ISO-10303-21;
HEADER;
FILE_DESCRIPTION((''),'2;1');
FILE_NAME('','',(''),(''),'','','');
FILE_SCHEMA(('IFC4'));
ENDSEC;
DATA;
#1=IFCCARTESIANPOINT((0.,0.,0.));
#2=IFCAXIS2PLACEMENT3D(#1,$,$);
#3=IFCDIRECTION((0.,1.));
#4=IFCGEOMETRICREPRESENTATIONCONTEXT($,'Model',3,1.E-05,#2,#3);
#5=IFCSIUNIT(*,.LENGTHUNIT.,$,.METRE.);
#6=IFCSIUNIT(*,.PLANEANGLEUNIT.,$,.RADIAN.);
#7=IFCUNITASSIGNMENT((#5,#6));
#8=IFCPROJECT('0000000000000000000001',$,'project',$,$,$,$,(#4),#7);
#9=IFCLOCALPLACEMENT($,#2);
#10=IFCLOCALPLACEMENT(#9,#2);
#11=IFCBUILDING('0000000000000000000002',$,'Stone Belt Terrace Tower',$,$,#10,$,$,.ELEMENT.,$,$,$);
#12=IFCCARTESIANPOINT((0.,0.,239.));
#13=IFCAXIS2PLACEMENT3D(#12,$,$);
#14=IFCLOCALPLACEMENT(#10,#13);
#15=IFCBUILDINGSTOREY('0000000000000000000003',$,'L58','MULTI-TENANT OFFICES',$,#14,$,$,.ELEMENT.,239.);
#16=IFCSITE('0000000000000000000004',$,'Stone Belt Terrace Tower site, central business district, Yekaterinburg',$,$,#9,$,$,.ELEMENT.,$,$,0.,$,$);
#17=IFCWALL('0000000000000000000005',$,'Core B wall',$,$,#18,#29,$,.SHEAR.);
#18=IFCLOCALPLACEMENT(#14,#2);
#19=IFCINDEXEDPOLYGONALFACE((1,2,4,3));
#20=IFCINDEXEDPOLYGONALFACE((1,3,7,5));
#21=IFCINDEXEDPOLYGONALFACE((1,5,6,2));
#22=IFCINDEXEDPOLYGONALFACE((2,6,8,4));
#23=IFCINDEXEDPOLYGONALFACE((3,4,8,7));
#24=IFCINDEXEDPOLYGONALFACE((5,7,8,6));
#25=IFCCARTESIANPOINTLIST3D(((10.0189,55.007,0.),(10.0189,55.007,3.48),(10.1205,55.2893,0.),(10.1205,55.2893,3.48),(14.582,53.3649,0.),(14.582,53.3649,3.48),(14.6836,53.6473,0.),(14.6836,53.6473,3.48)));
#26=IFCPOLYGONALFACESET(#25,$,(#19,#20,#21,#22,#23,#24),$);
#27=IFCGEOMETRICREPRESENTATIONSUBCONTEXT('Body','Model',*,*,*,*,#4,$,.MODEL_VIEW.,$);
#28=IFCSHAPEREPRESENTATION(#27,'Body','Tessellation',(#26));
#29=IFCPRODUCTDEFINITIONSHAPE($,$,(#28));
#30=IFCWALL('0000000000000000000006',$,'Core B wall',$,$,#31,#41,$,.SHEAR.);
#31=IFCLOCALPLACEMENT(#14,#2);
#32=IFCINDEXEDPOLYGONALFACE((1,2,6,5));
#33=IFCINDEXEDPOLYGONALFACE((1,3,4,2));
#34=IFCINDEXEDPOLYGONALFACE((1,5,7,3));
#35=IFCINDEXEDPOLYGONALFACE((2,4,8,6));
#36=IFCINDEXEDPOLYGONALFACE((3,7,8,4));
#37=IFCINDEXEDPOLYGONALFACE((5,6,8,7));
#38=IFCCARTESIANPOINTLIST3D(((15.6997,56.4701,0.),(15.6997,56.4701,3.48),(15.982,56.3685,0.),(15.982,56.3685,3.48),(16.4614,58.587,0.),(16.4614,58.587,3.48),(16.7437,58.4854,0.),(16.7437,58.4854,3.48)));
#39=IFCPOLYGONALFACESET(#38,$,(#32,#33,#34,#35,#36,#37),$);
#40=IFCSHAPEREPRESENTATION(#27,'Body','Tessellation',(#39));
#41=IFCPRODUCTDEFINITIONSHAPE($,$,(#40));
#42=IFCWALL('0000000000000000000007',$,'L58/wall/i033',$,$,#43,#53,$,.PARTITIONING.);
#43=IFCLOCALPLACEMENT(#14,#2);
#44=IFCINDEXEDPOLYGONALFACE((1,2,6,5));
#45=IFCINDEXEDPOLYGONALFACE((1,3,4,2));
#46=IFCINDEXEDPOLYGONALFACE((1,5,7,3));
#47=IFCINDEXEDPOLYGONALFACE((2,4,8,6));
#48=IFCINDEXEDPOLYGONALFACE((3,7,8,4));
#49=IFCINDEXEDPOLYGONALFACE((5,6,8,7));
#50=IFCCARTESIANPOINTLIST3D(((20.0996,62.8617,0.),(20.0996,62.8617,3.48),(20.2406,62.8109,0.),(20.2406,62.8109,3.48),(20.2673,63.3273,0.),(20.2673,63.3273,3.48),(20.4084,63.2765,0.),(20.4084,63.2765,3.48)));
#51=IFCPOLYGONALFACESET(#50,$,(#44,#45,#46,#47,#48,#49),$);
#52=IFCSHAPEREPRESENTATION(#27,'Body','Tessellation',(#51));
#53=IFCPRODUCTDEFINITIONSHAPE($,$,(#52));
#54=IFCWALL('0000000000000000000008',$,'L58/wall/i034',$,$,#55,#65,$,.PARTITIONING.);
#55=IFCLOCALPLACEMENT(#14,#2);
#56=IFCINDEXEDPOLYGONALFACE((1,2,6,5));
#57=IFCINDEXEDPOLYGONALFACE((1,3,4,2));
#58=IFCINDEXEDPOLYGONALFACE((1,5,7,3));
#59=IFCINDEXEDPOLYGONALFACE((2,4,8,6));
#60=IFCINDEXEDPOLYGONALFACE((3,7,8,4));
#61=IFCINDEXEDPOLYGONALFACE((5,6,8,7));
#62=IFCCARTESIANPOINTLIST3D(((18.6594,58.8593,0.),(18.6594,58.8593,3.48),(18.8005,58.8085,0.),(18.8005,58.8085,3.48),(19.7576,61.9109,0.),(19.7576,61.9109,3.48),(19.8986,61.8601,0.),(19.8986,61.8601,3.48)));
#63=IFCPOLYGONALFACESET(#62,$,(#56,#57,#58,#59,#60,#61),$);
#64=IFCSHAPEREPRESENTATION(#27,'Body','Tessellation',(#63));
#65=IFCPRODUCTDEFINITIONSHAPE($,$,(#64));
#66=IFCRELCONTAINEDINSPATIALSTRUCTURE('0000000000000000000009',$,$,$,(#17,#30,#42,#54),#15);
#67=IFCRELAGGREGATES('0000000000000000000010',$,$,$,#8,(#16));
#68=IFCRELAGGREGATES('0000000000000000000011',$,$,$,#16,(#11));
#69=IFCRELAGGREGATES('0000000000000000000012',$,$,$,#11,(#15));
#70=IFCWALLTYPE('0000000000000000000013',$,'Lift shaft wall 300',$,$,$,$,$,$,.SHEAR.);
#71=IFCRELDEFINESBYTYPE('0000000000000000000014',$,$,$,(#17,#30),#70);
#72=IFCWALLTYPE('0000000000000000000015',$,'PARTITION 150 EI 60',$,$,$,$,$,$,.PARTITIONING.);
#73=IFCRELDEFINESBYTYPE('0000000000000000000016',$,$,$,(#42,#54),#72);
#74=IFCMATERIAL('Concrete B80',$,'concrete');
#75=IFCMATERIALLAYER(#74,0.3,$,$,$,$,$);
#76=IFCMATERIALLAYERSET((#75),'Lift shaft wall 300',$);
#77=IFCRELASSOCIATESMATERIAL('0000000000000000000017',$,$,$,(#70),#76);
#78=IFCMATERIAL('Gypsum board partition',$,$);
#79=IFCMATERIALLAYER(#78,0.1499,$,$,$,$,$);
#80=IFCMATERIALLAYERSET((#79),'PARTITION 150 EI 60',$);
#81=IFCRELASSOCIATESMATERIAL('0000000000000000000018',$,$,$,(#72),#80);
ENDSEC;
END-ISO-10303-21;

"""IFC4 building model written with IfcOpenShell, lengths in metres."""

from ifc_helpers import new_model, si_unit, direction, frame, frame_2d, origin, place, context, subcontext, project, spatial, rectangle, extrude, material, layer, layer_set, type_object, element, save


model = new_model("IFC4")

# Units and contexts
model_context = context("Model", 3, precision=1e-05, world=origin(), true_north=direction((0.0, 1.0)))
body_context = subcontext(model_context, "Body", "Model", "MODEL_VIEW")
ifc_project = project(units=[si_unit("LENGTHUNIT", "METRE"), si_unit("PLANEANGLEUNIT", "RADIAN")], contexts=[model_context])

# Site, building, storey
site_placement = place(None, origin())
site = spatial("IfcSite", under=ifc_project, at=site_placement, Name="Stone Belt Terrace Tower site, central business district, Yekaterinburg", CompositionType="ELEMENT", RefElevation=0.0)
building_placement = place(site_placement, origin())
building = spatial("IfcBuilding", under=site, at=building_placement, Name="Stone Belt Terrace Tower", CompositionType="ELEMENT")
storey_placement = place(building_placement, frame((0.0, 0.0, 239.0)))
storey = spatial("IfcBuildingStorey", under=building, at=storey_placement, Name="L58", Description="MULTI-TENANT OFFICES", CompositionType="ELEMENT", Elevation=239.0)

# Shared definitions
ifc_material_1 = material(Name="Concrete B80", Category="concrete")
ifc_layer_1 = layer(ifc_material_1, 0.3)
ifc_layer_set_1 = layer_set([ifc_layer_1], Name="Lift shaft wall 300")
wall_type_1 = type_object("IfcWallType", Name="Lift shaft wall 300", PredefinedType="SHEAR", material=ifc_layer_set_1)

# Walls
wall_1_placement = place(storey_placement, frame((14.6328, 53.5061, 0.0), z_axis=(0.0, 0.0, 1.0), x_axis=(-0.940932, 0.338596, 0.0)))
element("IfcWall", 1, at=wall_1_placement, inside=storey, type_object=wall_type_1, Name="Core B wall", PredefinedType="SHEAR", context=body_context, shape_type="SweptSolid", body=[
    extrude(rectangle(XDim=4.8496, YDim=0.3, at=frame_2d((2.4248, 0.0))), origin(), (0.0, 0.0, 1.0), 3.48),
])
wall_2_placement = place(storey_placement, frame((15.8408, 56.4192, 0.0), z_axis=(0.0, 0.0, 1.0), x_axis=(0.33857, 0.940941, 0.0)))
element("IfcWall", 2, at=wall_2_placement, inside=storey, type_object=wall_type_1, Name="Core B wall", PredefinedType="SHEAR", context=body_context, shape_type="SweptSolid", body=[
    extrude(rectangle(XDim=2.2498, YDim=0.3, at=frame_2d((1.125, 0.0))), origin(), (0.0, 0.0, 1.0), 3.48),
])
ifc_material_2 = material(Name="Gypsum board partition")
ifc_layer_2 = layer(ifc_material_2, 0.1499)
ifc_layer_set_2 = layer_set([ifc_layer_2], Name="PARTITION 150 EI 60")
wall_type_2 = type_object("IfcWallType", Name="PARTITION 150 EI 60", PredefinedType="PARTITIONING", material=ifc_layer_set_2)
wall_3_placement = place(storey_placement, frame((20.3379, 63.302, 0.0), z_axis=(0.0, 0.0, 1.0), x_axis=(-0.338929, -0.940812, 0.0)))
element("IfcWall", 3, at=wall_3_placement, inside=storey, type_object=wall_type_2, Name="L58/wall/i033", PredefinedType="PARTITIONING", context=body_context, shape_type="SweptSolid", body=[
    extrude(rectangle(XDim=0.4949, YDim=0.1499, at=frame_2d((0.2476, 0.0))), origin(), (0.0, 0.0, 1.0), 3.48),
])
wall_4_placement = place(storey_placement, frame((19.8281, 61.8855, 0.0), z_axis=(0.0, 0.0, 1.0), x_axis=(-0.33861, -0.940927, 0.0)))
element("IfcWall", 4, at=wall_4_placement, inside=storey, type_object=wall_type_2, Name="L58/wall/i034", PredefinedType="PARTITIONING", context=body_context, shape_type="SweptSolid", body=[
    extrude(rectangle(XDim=3.2432, YDim=0.1499, at=frame_2d((1.6216, 0.0))), origin(), (0.0, 0.0, 1.0), 3.48),
])

save(model, "model.ifc")
